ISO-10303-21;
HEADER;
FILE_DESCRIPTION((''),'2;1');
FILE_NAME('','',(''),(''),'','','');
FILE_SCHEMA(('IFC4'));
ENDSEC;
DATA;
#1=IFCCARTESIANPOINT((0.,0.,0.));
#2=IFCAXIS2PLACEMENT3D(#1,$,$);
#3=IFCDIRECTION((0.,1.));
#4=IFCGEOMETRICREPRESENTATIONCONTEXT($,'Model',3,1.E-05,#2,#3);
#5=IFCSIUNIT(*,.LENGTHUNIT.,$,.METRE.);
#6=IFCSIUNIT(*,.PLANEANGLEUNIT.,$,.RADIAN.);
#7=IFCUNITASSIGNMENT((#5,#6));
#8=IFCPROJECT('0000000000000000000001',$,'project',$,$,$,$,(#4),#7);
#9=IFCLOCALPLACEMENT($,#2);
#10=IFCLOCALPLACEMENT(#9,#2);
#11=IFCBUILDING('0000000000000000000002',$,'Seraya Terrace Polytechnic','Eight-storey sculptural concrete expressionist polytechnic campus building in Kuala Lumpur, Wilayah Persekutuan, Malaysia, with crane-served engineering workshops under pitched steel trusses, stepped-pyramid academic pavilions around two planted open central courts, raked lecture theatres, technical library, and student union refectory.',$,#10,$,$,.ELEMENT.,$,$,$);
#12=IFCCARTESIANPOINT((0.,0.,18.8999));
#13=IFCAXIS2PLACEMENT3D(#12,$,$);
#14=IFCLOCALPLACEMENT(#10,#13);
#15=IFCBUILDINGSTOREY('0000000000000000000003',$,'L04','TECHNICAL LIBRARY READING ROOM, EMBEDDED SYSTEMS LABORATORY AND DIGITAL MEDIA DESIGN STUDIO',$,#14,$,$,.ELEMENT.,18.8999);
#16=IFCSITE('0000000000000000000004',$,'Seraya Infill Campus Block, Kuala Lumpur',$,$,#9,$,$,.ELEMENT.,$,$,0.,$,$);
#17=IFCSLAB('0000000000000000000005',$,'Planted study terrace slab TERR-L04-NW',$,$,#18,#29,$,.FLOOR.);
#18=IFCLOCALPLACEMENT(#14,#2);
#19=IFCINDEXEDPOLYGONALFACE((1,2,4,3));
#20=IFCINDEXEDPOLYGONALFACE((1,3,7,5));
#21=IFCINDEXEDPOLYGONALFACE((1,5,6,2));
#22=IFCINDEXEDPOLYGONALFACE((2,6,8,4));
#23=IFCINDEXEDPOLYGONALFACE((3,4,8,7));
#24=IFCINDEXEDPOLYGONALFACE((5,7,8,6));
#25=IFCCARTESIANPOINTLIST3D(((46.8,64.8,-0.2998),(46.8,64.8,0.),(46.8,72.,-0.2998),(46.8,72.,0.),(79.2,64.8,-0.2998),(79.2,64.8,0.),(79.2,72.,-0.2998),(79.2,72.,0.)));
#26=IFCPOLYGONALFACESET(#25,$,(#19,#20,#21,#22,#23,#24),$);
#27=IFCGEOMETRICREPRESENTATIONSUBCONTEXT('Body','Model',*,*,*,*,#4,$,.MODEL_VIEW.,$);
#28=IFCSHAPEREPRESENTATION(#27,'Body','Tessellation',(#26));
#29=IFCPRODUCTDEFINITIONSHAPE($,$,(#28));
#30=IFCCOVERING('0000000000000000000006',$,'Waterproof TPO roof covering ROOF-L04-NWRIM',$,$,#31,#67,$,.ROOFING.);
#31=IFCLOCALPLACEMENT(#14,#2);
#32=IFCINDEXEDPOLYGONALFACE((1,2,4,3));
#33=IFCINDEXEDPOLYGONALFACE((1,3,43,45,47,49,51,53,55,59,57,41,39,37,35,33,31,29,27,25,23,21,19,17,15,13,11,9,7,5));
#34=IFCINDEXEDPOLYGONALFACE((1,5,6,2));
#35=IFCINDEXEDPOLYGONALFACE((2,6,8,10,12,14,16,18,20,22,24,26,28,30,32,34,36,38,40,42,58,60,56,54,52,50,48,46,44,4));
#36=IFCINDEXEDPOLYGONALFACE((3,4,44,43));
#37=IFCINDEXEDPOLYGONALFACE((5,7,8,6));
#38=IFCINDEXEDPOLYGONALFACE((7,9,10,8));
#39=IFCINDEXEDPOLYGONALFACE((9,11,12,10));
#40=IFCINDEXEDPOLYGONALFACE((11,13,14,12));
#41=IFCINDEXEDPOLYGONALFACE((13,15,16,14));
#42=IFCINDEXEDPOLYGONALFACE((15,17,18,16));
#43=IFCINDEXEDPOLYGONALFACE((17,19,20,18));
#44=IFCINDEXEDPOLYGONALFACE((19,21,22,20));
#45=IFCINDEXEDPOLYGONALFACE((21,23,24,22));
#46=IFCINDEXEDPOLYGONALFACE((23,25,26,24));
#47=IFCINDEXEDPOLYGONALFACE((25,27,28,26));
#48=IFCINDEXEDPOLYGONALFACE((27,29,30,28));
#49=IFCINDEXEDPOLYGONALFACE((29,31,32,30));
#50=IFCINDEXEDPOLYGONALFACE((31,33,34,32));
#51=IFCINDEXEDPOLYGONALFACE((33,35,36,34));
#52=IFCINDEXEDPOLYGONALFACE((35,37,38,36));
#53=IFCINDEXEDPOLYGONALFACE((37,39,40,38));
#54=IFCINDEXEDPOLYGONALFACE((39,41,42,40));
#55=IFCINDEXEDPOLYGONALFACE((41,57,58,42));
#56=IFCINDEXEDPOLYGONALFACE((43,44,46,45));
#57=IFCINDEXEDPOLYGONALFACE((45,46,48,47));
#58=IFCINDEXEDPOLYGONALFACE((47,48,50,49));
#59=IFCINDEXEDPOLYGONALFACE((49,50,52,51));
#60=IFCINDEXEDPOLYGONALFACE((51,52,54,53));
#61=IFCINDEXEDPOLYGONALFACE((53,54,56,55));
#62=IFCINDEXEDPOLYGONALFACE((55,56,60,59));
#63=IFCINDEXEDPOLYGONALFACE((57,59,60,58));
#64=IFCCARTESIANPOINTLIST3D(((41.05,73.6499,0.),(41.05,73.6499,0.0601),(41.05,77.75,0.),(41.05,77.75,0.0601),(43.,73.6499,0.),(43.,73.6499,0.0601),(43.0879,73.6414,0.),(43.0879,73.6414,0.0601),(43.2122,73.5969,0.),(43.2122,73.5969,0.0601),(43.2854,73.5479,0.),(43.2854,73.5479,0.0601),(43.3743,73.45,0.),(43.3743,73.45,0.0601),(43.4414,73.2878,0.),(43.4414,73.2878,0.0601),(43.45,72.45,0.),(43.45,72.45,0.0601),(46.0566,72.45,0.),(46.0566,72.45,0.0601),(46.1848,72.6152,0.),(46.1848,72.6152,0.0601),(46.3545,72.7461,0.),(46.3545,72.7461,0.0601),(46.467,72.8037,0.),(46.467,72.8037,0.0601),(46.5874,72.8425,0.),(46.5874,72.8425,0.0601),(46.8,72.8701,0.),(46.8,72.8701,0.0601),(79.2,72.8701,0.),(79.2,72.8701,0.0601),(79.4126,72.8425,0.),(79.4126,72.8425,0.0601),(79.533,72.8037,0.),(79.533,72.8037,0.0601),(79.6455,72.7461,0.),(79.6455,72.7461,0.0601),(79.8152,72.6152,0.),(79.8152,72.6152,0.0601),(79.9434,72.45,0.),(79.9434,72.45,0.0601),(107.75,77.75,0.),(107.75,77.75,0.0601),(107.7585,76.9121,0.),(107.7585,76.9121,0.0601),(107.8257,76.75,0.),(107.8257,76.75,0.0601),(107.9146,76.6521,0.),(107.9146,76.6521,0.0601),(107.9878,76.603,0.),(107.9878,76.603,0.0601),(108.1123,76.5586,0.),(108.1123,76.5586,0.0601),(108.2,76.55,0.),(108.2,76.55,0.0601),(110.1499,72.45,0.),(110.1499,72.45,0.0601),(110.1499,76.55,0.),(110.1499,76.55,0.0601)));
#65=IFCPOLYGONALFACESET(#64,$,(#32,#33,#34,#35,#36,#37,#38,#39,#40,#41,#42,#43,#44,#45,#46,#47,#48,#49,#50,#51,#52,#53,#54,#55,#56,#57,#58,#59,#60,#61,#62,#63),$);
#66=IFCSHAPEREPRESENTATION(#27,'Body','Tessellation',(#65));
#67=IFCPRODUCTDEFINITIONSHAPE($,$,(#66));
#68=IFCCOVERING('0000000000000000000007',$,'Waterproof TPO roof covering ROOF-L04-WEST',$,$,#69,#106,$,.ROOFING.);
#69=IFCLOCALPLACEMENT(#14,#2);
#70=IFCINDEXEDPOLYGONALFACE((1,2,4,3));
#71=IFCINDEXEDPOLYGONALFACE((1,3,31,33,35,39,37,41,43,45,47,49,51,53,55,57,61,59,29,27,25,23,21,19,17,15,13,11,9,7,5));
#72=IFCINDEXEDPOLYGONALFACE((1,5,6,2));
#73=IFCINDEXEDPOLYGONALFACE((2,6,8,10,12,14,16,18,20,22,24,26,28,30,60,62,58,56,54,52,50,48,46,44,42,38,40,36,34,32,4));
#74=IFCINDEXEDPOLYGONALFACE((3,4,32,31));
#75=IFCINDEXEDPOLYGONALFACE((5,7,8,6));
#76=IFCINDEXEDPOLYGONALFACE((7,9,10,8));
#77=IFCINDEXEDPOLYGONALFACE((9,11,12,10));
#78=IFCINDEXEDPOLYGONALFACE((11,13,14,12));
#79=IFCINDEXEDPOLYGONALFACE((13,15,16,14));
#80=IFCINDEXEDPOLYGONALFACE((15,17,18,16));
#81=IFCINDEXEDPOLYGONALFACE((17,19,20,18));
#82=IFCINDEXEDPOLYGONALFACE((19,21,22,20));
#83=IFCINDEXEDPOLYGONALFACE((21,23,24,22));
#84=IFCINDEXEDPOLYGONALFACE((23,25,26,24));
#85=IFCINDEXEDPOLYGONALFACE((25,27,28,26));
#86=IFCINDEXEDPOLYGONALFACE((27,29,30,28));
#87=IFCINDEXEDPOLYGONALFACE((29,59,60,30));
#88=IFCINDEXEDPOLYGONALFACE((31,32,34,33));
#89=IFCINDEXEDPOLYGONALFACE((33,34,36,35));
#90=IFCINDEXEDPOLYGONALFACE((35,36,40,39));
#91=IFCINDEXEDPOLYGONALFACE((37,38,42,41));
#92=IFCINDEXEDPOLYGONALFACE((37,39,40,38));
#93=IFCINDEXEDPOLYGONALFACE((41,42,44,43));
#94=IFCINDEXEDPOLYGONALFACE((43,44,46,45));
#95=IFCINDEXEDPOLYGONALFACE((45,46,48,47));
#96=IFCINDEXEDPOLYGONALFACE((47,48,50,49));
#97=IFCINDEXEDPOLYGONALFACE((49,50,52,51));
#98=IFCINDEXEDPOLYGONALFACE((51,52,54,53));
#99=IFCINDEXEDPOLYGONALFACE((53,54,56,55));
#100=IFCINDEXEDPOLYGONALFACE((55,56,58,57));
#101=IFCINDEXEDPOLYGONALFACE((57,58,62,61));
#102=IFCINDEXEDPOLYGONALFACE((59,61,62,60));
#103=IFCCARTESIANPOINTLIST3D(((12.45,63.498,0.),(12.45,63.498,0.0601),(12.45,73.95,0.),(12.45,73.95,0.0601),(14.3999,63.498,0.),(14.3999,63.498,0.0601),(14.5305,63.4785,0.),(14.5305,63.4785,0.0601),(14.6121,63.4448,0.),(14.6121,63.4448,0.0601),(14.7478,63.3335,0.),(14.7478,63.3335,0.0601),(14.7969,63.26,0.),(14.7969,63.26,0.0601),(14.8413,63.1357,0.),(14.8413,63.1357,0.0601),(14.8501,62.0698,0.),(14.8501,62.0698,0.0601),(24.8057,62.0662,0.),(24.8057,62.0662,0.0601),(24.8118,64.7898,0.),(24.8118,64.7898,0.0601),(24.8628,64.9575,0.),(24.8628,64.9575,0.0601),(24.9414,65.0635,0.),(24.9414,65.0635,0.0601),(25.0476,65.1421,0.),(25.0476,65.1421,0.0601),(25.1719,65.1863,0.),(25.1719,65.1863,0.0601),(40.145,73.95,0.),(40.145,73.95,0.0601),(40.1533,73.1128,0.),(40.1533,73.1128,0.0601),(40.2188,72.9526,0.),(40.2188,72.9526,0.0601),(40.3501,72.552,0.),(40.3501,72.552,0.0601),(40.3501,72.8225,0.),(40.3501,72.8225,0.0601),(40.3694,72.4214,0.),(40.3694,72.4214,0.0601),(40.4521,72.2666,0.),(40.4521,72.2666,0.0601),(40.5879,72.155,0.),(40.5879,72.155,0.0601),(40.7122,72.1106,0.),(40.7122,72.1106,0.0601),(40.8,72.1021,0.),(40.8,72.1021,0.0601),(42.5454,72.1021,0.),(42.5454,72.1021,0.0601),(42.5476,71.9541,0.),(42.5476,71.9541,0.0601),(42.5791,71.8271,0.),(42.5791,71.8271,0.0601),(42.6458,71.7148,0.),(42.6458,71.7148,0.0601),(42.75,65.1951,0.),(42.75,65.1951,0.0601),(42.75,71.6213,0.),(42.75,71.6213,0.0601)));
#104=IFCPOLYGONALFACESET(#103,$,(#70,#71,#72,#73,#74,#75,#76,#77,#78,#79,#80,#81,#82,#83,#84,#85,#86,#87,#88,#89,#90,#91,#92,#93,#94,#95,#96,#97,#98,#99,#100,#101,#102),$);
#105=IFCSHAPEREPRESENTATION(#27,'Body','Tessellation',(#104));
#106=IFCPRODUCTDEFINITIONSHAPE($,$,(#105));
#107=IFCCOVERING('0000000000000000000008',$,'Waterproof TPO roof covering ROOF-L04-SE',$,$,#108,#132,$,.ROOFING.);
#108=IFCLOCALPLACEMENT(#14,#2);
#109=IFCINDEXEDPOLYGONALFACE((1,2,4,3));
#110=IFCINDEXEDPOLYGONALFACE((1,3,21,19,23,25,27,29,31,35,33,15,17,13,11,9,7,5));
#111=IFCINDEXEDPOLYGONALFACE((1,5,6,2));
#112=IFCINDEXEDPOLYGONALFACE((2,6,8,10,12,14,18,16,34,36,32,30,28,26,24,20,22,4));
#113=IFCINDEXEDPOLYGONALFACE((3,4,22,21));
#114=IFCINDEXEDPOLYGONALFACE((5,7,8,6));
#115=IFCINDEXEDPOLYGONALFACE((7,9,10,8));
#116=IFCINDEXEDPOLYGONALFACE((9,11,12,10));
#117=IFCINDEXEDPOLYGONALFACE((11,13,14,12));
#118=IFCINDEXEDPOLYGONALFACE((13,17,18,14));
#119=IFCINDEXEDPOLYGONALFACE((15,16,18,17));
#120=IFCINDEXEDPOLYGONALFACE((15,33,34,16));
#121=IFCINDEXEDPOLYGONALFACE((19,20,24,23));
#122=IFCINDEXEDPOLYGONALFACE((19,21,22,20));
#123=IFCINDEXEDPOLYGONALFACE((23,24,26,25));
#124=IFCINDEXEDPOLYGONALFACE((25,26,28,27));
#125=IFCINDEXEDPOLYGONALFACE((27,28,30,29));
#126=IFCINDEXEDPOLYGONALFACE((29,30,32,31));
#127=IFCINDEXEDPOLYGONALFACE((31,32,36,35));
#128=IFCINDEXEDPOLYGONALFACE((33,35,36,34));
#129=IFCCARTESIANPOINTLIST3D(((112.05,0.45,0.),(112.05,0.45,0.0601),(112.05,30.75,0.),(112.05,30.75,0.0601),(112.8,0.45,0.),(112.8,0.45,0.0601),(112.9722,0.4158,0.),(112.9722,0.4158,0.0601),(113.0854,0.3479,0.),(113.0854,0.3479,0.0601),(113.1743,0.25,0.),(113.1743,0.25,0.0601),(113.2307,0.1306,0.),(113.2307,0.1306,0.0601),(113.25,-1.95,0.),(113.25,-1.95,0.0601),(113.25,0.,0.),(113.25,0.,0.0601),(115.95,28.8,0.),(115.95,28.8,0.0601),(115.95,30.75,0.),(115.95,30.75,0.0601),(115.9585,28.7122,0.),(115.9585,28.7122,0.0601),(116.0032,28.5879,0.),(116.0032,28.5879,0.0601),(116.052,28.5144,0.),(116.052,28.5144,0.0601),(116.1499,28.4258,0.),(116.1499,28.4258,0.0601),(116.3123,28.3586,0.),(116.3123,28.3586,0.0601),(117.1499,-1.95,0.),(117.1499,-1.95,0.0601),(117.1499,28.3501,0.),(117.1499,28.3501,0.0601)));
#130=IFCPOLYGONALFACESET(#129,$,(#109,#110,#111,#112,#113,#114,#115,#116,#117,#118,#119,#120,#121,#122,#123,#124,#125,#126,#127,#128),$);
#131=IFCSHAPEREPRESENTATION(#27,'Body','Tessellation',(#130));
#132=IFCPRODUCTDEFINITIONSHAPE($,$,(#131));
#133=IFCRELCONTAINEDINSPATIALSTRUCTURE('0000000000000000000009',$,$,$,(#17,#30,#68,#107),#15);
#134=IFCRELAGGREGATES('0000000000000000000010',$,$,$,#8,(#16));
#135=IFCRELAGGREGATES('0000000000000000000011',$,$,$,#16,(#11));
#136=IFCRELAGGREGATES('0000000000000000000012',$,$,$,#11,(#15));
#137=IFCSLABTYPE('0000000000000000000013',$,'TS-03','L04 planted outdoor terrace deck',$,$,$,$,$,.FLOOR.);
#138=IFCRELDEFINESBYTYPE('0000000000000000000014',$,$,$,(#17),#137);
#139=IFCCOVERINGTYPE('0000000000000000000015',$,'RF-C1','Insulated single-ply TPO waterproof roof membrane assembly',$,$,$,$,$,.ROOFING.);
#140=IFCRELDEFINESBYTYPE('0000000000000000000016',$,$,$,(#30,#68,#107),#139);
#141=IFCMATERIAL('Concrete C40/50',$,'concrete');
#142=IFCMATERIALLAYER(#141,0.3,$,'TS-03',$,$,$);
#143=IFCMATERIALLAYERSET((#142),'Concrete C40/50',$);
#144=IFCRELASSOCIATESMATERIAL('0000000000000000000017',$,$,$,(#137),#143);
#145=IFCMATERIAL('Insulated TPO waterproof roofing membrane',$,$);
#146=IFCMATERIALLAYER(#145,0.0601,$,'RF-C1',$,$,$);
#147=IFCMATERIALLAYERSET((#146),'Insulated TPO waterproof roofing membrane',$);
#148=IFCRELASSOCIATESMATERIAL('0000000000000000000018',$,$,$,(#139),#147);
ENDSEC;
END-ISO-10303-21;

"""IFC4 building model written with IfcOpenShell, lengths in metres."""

from ifc_helpers import new_model, si_unit, direction, frame, origin, place, context, subcontext, project, spatial, polyline, outline, extrude, material, layer, layer_set, type_object, element, save


model = new_model("IFC4")

# Units and contexts
model_context = context("Model", 3, precision=1e-05, world=origin(), true_north=direction((0.0, 1.0)))
body_context = subcontext(model_context, "Body", "Model", "MODEL_VIEW")
ifc_project = project(units=[si_unit("LENGTHUNIT", "METRE"), si_unit("PLANEANGLEUNIT", "RADIAN")], contexts=[model_context])

# Site, building, storey
site_placement = place(None, origin())
site = spatial("IfcSite", under=ifc_project, at=site_placement, Name="Seraya Infill Campus Block, Kuala Lumpur", CompositionType="ELEMENT", RefElevation=0.0)
building_placement = place(site_placement, origin())
building = spatial("IfcBuilding", under=site, at=building_placement, Name="Seraya Terrace Polytechnic", Description="Eight-storey sculptural concrete expressionist polytechnic campus building in Kuala Lumpur, Wilayah Persekutuan, Malaysia, with crane-served engineering workshops under pitched steel trusses, stepped-pyramid academic pavilions around two planted open central courts, raked lecture theatres, technical library, and student union refectory.", CompositionType="ELEMENT")
storey_placement = place(building_placement, frame((0.0, 0.0, 18.8999)))
storey = spatial("IfcBuildingStorey", under=building, at=storey_placement, Name="L04", Description="TECHNICAL LIBRARY READING ROOM, EMBEDDED SYSTEMS LABORATORY AND DIGITAL MEDIA DESIGN STUDIO", CompositionType="ELEMENT", Elevation=18.8999)

# Shared definitions
ifc_material_1 = material(Name="Concrete C40/50", Category="concrete")

# Slab
ifc_layer_1 = layer(ifc_material_1, 0.3, Name="TS-03")
ifc_layer_set_1 = layer_set([ifc_layer_1], Name="Concrete C40/50")
slab_type_1 = type_object("IfcSlabType", Name="TS-03", Description="L04 planted outdoor terrace deck", PredefinedType="FLOOR", material=ifc_layer_set_1)
slab_1_placement = place(storey_placement, frame((0.0, 0.0, -0.2998)))
element("IfcSlab", 1, at=slab_1_placement, inside=storey, type_object=slab_type_1, Name="Planted study terrace slab TERR-L04-NW", PredefinedType="FLOOR", context=body_context, shape_type="SweptSolid", body=[
    extrude(outline(polyline([(46.8, 64.8), (46.8, 72.0), (79.2, 72.0), (79.2, 64.8), (46.8, 64.8)])), origin(), (0.0, 0.0, 1.0), 0.2998),
])

# Coverings
ifc_material_2 = material(Name="Insulated TPO waterproof roofing membrane")
ifc_layer_2 = layer(ifc_material_2, 0.0601, Name="RF-C1")
ifc_layer_set_2 = layer_set([ifc_layer_2], Name="Insulated TPO waterproof roofing membrane")
covering_type = type_object("IfcCoveringType", Name="RF-C1", Description="Insulated single-ply TPO waterproof roof membrane assembly", PredefinedType="ROOFING", material=ifc_layer_set_2)
covering_1_placement = place(storey_placement, origin())
element("IfcCovering", 2, at=covering_1_placement, inside=storey, type_object=covering_type, Name="Waterproof TPO roof covering ROOF-L04-NWRIM", PredefinedType="ROOFING", context=body_context, shape_type="SweptSolid", body=[
    extrude(outline(polyline([(43.45, 72.45), (43.4414, 73.2878), (43.3743, 73.45), (43.2854, 73.5479), (43.2122, 73.5969), (43.0879, 73.6414), (43.0, 73.6499), (41.05, 73.6499), (41.05, 77.75), (107.75, 77.75), (107.7585, 76.9121), (107.8257, 76.75), (107.9146, 76.6521), (107.9878, 76.603), (108.1123, 76.5586), (108.2, 76.55), (110.1499, 76.55), (110.1499, 72.45), (79.9434, 72.45), (79.8152, 72.6152), (79.6455, 72.7461), (79.533, 72.8037), (79.4126, 72.8425), (79.2, 72.8701), (46.8, 72.8701), (46.5874, 72.8425), (46.467, 72.8037), (46.3545, 72.7461), (46.1848, 72.6152), (46.0566, 72.45), (43.45, 72.45)])), origin(), (0.0, 0.0, 1.0), 0.0601),
])
covering_2_placement = place(storey_placement, origin())
element("IfcCovering", 3, at=covering_2_placement, inside=storey, type_object=covering_type, Name="Waterproof TPO roof covering ROOF-L04-WEST", PredefinedType="ROOFING", context=body_context, shape_type="SweptSolid", body=[
    extrude(outline(polyline([(40.3501, 72.8225), (40.3501, 72.552), (40.3694, 72.4214), (40.4521, 72.2666), (40.5879, 72.155), (40.7122, 72.1106), (40.8, 72.1021), (42.5454, 72.1021), (42.5476, 71.9541), (42.5791, 71.8271), (42.6458, 71.7148), (42.75, 71.6213), (42.75, 65.1951), (25.1719, 65.1863), (25.0476, 65.1421), (24.9414, 65.0635), (24.8628, 64.9575), (24.8118, 64.7898), (24.8057, 62.0662), (14.8501, 62.0698), (14.8413, 63.1357), (14.7969, 63.26), (14.7478, 63.3335), (14.6121, 63.4448), (14.5305, 63.4785), (14.3999, 63.498), (12.45, 63.498), (12.45, 73.95), (40.145, 73.95), (40.1533, 73.1128), (40.2188, 72.9526), (40.3501, 72.8225)])), origin(), (0.0, 0.0, 1.0), 0.0601),
])
covering_3_placement = place(storey_placement, origin())
element("IfcCovering", 4, at=covering_3_placement, inside=storey, type_object=covering_type, Name="Waterproof TPO roof covering ROOF-L04-SE", PredefinedType="ROOFING", context=body_context, shape_type="SweptSolid", body=[
    extrude(outline(polyline([(113.25, 0.0), (113.2307, 0.1306), (113.1743, 0.25), (113.0854, 0.3479), (112.9722, 0.4158), (112.8, 0.45), (112.05, 0.45), (112.05, 30.75), (115.95, 30.75), (115.95, 28.8), (115.9585, 28.7122), (116.0032, 28.5879), (116.052, 28.5144), (116.1499, 28.4258), (116.3123, 28.3586), (117.1499, 28.3501), (117.1499, -1.95), (113.25, -1.95), (113.25, 0.0)])), origin(), (0.0, 0.0, 1.0), 0.0601),
])

save(model, "model.ifc")
